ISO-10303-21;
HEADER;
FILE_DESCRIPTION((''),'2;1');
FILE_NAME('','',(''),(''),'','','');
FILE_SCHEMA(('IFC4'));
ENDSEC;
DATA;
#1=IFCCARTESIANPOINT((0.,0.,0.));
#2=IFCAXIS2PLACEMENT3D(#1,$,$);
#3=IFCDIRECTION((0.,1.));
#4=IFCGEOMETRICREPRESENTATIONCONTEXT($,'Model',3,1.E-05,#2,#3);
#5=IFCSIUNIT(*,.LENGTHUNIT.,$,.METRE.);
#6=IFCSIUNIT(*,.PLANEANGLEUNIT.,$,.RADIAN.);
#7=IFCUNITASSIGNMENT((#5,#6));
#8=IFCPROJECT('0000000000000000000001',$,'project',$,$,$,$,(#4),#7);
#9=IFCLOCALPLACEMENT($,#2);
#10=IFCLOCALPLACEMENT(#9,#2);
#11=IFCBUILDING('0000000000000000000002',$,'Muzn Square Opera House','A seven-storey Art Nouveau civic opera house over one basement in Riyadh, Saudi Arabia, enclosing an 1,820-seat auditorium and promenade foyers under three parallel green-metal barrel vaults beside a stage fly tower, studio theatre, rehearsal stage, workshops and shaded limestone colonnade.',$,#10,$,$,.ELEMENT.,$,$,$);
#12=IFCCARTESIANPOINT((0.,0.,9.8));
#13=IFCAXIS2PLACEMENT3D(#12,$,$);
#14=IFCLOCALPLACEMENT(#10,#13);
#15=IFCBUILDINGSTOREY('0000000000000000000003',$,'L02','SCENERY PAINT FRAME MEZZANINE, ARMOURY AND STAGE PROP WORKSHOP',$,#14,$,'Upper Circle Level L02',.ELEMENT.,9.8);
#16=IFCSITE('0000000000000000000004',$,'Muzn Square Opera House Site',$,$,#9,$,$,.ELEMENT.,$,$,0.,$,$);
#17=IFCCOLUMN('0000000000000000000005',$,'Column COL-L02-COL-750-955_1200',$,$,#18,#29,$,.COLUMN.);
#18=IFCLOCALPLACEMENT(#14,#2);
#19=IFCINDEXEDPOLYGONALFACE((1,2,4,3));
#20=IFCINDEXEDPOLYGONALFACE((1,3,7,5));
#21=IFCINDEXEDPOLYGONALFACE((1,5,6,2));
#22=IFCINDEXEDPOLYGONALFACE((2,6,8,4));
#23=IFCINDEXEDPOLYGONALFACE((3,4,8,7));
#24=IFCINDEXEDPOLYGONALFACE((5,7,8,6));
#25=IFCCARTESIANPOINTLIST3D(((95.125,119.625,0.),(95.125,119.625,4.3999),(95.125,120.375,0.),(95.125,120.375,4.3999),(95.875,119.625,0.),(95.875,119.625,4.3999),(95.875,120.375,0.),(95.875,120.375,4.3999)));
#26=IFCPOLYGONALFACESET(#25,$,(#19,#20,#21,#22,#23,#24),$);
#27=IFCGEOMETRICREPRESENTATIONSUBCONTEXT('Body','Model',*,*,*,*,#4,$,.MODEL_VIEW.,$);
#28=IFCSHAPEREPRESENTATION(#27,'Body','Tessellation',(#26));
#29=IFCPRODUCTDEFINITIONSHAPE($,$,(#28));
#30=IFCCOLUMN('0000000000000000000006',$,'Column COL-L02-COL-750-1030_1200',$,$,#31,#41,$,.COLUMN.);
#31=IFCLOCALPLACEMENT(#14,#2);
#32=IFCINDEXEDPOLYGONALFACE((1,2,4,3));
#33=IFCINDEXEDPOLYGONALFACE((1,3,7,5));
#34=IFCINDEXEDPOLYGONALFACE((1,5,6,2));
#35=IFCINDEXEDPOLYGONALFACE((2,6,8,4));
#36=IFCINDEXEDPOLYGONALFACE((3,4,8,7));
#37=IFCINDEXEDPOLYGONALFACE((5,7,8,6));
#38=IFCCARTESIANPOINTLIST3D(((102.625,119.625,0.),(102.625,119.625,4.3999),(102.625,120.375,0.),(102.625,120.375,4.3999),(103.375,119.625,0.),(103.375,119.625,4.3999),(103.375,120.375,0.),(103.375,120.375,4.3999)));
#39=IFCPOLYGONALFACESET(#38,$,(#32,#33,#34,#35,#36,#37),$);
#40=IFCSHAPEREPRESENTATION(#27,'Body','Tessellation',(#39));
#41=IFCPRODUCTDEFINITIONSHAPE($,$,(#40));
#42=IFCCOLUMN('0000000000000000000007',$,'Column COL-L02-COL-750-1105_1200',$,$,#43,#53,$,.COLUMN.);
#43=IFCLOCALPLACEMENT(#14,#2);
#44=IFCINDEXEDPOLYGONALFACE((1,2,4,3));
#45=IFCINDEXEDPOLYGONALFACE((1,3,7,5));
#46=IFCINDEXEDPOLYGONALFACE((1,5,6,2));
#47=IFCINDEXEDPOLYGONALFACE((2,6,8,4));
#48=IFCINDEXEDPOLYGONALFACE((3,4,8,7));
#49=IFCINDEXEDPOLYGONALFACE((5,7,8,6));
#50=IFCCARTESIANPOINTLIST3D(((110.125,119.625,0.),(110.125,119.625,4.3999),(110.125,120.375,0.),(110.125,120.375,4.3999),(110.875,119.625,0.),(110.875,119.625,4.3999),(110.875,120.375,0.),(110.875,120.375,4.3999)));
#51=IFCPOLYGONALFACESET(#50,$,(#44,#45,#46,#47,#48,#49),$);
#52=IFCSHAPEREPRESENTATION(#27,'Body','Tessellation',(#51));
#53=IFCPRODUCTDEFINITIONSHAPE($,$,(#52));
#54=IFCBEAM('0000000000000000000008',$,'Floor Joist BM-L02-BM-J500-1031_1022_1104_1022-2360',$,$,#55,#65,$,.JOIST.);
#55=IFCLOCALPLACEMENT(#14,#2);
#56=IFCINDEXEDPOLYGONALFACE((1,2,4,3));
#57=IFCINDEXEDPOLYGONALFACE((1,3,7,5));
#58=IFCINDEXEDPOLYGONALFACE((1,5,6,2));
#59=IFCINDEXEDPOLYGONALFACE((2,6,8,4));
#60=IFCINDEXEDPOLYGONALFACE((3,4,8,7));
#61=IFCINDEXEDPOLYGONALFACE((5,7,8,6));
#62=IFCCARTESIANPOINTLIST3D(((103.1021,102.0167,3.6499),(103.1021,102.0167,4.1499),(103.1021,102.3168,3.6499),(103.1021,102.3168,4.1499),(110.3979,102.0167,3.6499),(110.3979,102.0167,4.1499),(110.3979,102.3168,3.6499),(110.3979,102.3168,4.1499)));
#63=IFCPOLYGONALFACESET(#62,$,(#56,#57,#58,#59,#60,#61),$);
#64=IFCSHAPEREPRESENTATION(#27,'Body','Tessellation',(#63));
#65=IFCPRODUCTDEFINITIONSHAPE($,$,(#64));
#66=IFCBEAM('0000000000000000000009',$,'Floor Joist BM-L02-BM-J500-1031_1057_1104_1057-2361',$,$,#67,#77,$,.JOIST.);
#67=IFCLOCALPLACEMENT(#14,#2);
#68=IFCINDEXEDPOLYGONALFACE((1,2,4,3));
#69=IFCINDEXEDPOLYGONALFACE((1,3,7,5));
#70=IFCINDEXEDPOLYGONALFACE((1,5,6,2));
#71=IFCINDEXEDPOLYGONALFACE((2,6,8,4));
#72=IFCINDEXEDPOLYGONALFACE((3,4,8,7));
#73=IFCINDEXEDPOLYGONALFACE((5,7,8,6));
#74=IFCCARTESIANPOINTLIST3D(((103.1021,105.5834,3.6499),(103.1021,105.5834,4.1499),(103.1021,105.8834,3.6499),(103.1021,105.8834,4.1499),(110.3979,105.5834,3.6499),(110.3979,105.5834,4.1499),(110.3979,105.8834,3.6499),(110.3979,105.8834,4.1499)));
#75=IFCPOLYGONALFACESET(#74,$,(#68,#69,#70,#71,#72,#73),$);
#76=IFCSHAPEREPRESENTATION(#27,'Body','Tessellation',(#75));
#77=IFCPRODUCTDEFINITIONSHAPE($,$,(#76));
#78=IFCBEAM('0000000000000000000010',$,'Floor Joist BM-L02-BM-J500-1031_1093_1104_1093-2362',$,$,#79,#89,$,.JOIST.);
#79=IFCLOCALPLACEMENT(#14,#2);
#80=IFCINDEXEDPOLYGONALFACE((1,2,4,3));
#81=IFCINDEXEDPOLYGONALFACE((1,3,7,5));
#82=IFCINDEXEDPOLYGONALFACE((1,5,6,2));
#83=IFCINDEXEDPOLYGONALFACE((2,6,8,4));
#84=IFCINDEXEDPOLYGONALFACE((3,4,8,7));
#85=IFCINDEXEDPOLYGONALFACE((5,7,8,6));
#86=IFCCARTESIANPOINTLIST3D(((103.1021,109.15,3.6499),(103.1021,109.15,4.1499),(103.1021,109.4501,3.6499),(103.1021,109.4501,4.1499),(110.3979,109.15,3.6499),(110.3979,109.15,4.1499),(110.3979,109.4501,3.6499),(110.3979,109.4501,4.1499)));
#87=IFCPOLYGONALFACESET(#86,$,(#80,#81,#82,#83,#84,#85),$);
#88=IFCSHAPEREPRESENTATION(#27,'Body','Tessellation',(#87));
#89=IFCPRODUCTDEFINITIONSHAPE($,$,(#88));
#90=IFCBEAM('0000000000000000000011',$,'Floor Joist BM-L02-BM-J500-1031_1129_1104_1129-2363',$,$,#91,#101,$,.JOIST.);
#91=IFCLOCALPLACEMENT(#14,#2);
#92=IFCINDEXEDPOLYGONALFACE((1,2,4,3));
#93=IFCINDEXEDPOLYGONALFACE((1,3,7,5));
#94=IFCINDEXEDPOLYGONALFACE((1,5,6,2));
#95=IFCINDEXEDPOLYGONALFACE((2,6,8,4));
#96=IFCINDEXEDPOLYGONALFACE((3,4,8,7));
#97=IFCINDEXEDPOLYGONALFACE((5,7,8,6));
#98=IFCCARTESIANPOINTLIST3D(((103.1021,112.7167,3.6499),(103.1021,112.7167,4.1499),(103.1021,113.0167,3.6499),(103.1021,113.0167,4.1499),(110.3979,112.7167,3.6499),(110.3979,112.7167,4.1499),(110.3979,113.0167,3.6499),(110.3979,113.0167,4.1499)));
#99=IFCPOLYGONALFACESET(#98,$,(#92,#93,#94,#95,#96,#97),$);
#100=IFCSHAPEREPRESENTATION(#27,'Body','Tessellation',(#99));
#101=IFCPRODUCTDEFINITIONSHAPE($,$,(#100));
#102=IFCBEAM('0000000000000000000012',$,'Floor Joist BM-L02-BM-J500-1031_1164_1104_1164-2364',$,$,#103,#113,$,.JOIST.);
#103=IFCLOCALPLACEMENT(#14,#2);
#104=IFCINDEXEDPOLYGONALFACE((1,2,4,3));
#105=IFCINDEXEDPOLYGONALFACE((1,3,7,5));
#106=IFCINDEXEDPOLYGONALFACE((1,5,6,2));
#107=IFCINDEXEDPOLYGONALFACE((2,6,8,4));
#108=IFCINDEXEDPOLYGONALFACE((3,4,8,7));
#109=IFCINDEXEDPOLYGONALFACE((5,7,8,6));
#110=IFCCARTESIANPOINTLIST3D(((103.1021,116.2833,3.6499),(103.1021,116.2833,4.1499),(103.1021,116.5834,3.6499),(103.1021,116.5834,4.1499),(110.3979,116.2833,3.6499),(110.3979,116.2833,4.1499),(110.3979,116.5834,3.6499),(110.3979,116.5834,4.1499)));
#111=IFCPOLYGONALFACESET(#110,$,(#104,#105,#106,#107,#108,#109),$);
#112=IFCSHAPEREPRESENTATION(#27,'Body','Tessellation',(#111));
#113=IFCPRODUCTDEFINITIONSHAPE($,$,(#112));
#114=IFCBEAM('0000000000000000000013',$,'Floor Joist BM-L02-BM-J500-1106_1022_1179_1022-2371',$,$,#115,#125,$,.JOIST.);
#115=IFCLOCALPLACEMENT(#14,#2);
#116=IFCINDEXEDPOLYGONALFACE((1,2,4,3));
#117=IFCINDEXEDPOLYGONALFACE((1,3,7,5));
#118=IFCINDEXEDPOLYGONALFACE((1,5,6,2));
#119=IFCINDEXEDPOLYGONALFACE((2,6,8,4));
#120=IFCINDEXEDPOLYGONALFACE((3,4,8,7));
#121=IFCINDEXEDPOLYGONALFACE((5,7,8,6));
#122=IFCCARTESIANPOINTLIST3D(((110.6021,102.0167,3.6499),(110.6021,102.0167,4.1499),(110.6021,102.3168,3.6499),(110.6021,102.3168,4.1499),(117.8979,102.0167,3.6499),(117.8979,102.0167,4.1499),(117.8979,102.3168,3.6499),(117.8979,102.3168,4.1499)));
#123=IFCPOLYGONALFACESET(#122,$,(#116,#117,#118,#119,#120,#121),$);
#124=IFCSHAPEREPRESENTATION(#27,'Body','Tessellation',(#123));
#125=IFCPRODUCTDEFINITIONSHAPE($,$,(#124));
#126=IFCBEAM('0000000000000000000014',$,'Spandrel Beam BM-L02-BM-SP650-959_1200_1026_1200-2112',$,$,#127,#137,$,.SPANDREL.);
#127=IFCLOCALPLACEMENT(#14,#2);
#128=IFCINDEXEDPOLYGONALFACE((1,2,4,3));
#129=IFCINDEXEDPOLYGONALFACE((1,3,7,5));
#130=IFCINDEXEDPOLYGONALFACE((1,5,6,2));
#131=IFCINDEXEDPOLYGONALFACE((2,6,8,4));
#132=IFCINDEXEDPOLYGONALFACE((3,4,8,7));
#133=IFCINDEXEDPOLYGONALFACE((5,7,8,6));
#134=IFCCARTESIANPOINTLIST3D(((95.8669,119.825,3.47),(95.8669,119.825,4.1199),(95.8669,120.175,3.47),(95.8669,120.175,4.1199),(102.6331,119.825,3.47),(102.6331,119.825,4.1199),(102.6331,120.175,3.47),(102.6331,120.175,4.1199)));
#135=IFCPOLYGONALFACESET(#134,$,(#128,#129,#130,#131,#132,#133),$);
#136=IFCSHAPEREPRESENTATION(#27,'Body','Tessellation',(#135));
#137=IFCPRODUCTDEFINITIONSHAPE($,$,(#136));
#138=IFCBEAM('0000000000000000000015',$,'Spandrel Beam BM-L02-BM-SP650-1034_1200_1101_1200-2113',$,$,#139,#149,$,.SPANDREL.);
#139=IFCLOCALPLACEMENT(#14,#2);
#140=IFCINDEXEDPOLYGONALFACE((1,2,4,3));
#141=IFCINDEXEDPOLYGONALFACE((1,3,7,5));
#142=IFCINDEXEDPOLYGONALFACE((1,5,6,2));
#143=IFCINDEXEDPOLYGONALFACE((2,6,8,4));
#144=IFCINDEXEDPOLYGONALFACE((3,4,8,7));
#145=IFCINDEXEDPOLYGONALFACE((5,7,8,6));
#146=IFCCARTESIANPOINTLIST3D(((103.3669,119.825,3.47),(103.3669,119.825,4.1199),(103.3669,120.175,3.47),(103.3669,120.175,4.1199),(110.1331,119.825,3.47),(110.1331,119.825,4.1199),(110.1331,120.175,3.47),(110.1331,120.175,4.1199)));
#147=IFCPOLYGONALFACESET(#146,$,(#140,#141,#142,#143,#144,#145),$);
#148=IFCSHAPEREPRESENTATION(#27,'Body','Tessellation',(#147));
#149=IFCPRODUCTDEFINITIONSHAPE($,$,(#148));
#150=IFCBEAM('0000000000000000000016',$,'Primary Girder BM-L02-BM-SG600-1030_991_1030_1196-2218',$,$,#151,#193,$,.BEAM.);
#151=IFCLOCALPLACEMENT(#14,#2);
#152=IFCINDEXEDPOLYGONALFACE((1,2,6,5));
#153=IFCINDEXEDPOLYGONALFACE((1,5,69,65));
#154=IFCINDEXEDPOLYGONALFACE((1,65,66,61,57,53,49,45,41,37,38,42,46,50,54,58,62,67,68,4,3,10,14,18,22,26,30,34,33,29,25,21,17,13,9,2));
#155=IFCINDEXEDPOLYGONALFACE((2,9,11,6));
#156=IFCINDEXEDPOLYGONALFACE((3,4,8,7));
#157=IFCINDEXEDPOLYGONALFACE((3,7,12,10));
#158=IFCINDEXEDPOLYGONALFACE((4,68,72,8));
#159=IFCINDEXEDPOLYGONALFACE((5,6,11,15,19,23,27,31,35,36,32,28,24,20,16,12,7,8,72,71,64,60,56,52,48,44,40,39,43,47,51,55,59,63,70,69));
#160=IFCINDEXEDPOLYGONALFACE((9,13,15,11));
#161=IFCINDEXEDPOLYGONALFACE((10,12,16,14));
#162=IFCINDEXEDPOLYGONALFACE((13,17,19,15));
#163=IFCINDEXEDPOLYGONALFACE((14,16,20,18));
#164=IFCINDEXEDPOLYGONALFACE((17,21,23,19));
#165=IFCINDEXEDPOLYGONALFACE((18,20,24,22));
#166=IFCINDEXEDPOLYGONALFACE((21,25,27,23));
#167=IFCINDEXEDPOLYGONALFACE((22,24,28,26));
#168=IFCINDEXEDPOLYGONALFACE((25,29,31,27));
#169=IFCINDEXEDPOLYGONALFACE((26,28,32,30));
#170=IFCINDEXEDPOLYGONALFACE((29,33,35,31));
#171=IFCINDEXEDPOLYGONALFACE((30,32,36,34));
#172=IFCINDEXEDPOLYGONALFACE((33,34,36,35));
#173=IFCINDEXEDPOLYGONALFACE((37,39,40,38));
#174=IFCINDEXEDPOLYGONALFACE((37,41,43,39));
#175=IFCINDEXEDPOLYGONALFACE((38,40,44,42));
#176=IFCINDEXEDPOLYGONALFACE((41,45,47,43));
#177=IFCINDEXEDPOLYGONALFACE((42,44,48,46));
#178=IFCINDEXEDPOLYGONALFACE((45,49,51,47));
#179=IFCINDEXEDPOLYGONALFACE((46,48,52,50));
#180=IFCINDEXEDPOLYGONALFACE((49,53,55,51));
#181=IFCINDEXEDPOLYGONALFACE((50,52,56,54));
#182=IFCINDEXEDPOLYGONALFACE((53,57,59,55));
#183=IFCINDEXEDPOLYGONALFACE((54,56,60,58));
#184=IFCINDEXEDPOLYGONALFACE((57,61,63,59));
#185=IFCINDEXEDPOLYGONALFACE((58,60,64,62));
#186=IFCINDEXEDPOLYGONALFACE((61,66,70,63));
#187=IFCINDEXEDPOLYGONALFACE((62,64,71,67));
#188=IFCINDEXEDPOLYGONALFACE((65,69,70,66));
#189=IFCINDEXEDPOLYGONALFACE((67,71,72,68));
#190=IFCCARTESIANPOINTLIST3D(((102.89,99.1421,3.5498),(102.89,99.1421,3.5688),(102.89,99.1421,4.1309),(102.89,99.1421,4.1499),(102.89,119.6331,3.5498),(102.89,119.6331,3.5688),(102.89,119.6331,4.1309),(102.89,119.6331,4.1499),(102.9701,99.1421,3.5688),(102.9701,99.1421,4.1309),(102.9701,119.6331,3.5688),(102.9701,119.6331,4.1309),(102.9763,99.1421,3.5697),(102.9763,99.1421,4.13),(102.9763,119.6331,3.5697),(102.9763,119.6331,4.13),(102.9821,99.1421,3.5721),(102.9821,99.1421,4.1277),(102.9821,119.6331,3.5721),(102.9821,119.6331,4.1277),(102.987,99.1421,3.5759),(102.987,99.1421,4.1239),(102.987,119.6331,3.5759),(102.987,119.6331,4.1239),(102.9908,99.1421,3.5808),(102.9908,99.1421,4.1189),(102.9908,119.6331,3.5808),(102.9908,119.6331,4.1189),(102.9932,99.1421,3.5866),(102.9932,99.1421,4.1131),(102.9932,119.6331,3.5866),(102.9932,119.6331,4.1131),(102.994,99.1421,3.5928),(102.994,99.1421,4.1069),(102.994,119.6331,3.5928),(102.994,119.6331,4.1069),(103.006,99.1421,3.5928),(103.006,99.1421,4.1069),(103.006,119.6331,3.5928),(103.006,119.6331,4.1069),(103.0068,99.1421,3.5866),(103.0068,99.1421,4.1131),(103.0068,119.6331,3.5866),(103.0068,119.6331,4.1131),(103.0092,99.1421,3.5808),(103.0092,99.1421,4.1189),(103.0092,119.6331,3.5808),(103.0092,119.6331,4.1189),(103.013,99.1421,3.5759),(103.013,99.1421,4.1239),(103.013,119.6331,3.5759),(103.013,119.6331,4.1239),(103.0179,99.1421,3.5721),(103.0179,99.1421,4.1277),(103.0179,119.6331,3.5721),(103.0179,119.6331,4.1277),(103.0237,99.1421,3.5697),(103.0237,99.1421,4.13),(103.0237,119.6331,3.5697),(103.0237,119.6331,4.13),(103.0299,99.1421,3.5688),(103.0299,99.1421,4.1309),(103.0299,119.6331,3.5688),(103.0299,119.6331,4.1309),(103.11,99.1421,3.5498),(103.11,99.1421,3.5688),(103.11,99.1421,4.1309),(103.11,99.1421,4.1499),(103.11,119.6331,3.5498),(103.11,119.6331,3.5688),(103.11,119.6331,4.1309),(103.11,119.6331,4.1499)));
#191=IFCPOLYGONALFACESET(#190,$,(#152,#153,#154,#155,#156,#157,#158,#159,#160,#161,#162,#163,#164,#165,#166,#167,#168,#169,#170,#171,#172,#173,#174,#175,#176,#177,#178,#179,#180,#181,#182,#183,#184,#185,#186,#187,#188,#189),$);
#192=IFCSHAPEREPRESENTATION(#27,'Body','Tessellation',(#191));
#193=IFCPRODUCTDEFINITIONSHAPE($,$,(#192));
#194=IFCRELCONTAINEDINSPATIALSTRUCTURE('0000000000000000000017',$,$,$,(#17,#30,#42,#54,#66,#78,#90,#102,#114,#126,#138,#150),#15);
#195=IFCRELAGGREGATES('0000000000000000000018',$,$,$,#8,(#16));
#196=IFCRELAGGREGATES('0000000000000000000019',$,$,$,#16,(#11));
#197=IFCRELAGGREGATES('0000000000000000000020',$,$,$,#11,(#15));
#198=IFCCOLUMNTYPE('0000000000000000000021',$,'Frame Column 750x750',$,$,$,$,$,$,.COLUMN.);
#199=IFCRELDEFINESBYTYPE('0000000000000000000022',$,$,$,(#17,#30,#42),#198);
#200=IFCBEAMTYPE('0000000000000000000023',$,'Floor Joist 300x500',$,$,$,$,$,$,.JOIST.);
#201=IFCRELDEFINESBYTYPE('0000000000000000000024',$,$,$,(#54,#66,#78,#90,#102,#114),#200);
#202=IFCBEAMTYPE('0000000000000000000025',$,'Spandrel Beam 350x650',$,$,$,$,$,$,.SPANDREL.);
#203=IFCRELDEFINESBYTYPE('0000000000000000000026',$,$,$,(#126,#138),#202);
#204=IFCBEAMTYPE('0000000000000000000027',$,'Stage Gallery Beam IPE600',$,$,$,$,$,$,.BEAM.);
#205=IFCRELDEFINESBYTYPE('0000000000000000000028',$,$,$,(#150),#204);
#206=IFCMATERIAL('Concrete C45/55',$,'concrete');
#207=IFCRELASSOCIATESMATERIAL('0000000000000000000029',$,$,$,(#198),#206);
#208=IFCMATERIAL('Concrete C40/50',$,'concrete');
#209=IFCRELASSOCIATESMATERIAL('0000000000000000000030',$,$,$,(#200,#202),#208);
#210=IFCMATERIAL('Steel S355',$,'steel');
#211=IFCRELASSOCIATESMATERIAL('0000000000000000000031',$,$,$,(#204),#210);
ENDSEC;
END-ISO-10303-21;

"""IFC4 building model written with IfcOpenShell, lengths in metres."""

from ifc_helpers import new_model, si_unit, direction, frame, origin, origin_2d, place, context, subcontext, project, spatial, rectangle, i_section, extrude, material, material_profile, profile_set, type_object, element, save


model = new_model("IFC4")

# Units and contexts
model_context = context("Model", 3, precision=1e-05, world=origin(), true_north=direction((0.0, 1.0)))
body_context = subcontext(model_context, "Body", "Model", "MODEL_VIEW")
ifc_project = project(units=[si_unit("LENGTHUNIT", "METRE"), si_unit("PLANEANGLEUNIT", "RADIAN")], contexts=[model_context])

# Site, building, storey
site_placement = place(None, origin())
site = spatial("IfcSite", under=ifc_project, at=site_placement, Name="Muzn Square Opera House Site", CompositionType="ELEMENT", RefElevation=0.0)
building_placement = place(site_placement, origin())
building = spatial("IfcBuilding", under=site, at=building_placement, Name="Muzn Square Opera House", Description="A seven-storey Art Nouveau civic opera house over one basement in Riyadh, Saudi Arabia, enclosing an 1,820-seat auditorium and promenade foyers under three parallel green-metal barrel vaults beside a stage fly tower, studio theatre, rehearsal stage, workshops and shaded limestone colonnade.", CompositionType="ELEMENT")
storey_placement = place(building_placement, frame((0.0, 0.0, 9.8)))
storey = spatial("IfcBuildingStorey", under=building, at=storey_placement, Name="L02", Description="SCENERY PAINT FRAME MEZZANINE, ARMOURY AND STAGE PROP WORKSHOP", LongName="Upper Circle Level L02", CompositionType="ELEMENT", Elevation=9.8)

# Columns
ifc_material_1 = material(Name="Concrete C45/55", Category="concrete")
ifc_material_profile_1 = material_profile(ifc_material_1, rectangle(XDim=0.75, YDim=0.75, at=origin_2d()), Name="RC 750x750", Category="concrete")
ifc_profile_set_1 = profile_set([ifc_material_profile_1], Name="Concrete C45/55")
column_type = type_object("IfcColumnType", Name="Frame Column 750x750", PredefinedType="COLUMN", material=ifc_profile_set_1)
for number, where, z_axis, x_axis, name in (
    (1, (95.5, 120.0, 0.0), (0.0, 0.0, 1.0), (1.0, 0.0, 0.0), "Column COL-L02-COL-750-955_1200"),
    (2, (103.0, 120.0, 0.0), (0.0, 0.0, 1.0), (1.0, 0.0, 0.0), "Column COL-L02-COL-750-1030_1200"),
    (3, (110.5, 120.0, 0.0), (0.0, 0.0, 1.0), (1.0, 0.0, 0.0), "Column COL-L02-COL-750-1105_1200"),
):
    element("IfcColumn", number, at=place(storey_placement, frame(where, z_axis=z_axis, x_axis=x_axis)), inside=storey, type_object=column_type, Name=name, PredefinedType="COLUMN", context=body_context, shape_type="SweptSolid", body=[
        extrude(rectangle(XDim=0.75, YDim=0.75, at=origin_2d()), origin(), (0.0, 0.0, 1.0), 4.3999),
    ])

# Beams
ifc_material_2 = material(Name="Concrete C40/50", Category="concrete")
ifc_material_profile_2 = material_profile(ifc_material_2, rectangle(XDim=0.3, YDim=0.5, at=origin_2d()), Name="RCJ 300x500", Category="concrete")
ifc_profile_set_2 = profile_set([ifc_material_profile_2], Name="Concrete C40/50")
beam_type_1 = type_object("IfcBeamType", Name="Floor Joist 300x500", PredefinedType="JOIST", material=ifc_profile_set_2)
for number, where, z_axis, x_axis, name in (
    (4, (103.1021, 102.1667, 3.8999), (1.0, 0.0, 0.0), (0.0, 1.0, 0.0), "Floor Joist BM-L02-BM-J500-1031_1022_1104_1022-2360"),
    (5, (103.1021, 105.7334, 3.8999), (1.0, 0.0, 0.0), (0.0, 1.0, 0.0), "Floor Joist BM-L02-BM-J500-1031_1057_1104_1057-2361"),
    (6, (103.1021, 109.3, 3.8999), (1.0, 0.0, 0.0), (0.0, 1.0, 0.0), "Floor Joist BM-L02-BM-J500-1031_1093_1104_1093-2362"),
    (7, (103.1021, 112.8667, 3.8999), (1.0, 0.0, 0.0), (0.0, 1.0, 0.0), "Floor Joist BM-L02-BM-J500-1031_1129_1104_1129-2363"),
    (8, (103.1021, 116.4333, 3.8999), (1.0, 0.0, 0.0), (0.0, 1.0, 0.0), "Floor Joist BM-L02-BM-J500-1031_1164_1104_1164-2364"),
    (9, (110.6021, 102.1667, 3.8999), (1.0, 0.0, 0.0), (0.0, 1.0, 0.0), "Floor Joist BM-L02-BM-J500-1106_1022_1179_1022-2371"),
):
    element("IfcBeam", number, at=place(storey_placement, frame(where, z_axis=z_axis, x_axis=x_axis)), inside=storey, type_object=beam_type_1, Name=name, PredefinedType="JOIST", context=body_context, shape_type="SweptSolid", body=[
        extrude(rectangle(XDim=0.3, YDim=0.5, at=origin_2d()), origin(), (0.0, 0.0, 1.0), 7.2959),
    ])
ifc_material_profile_3 = material_profile(ifc_material_2, rectangle(XDim=0.3501, YDim=0.6499, at=origin_2d()), Name="RCS 350x650", Category="concrete")
ifc_profile_set_3 = profile_set([ifc_material_profile_3], Name="Concrete C40/50")
beam_type_2 = type_object("IfcBeamType", Name="Spandrel Beam 350x650", PredefinedType="SPANDREL", material=ifc_profile_set_3)
for number, where, z_axis, x_axis, name in (
    (10, (95.8669, 120.0, 3.7949), (1.0, 0.0, 0.0), (0.0, 1.0, 0.0), "Spandrel Beam BM-L02-BM-SP650-959_1200_1026_1200-2112"),
    (11, (103.3669, 120.0, 3.7949), (1.0, 0.0, 0.0), (0.0, 1.0, 0.0), "Spandrel Beam BM-L02-BM-SP650-1034_1200_1101_1200-2113"),
):
    element("IfcBeam", number, at=place(storey_placement, frame(where, z_axis=z_axis, x_axis=x_axis)), inside=storey, type_object=beam_type_2, Name=name, PredefinedType="SPANDREL", context=body_context, shape_type="SweptSolid", body=[
        extrude(rectangle(XDim=0.3501, YDim=0.6499, at=origin_2d()), origin(), (0.0, 0.0, 1.0), 6.7661),
    ])
ifc_material_3 = material(Name="Steel S355", Category="steel")
ifc_material_profile_4 = material_profile(ifc_material_3, i_section(OverallWidth=0.22, OverallDepth=0.6001, WebThickness=0.012, FlangeThickness=0.019, FilletRadius=0.0239, at=origin_2d()), Name="IPE 600", Category="steel")
ifc_profile_set_4 = profile_set([ifc_material_profile_4], Name="Steel S355")
beam_type_3 = type_object("IfcBeamType", Name="Stage Gallery Beam IPE600", PredefinedType="BEAM", material=ifc_profile_set_4)
beam_1_placement = place(storey_placement, frame((103.0, 99.1421, 3.8499), z_axis=(0.0, 1.0, 0.0), x_axis=(-1.0, 0.0, 0.0)))
element("IfcBeam", 12, at=beam_1_placement, inside=storey, type_object=beam_type_3, Name="Primary Girder BM-L02-BM-SG600-1030_991_1030_1196-2218", PredefinedType="BEAM", context=body_context, shape_type="SweptSolid", body=[
    extrude(i_section(OverallWidth=0.22, OverallDepth=0.6001, WebThickness=0.012, FlangeThickness=0.019, FilletRadius=0.0239, at=origin_2d()), origin(), (0.0, 0.0, 1.0), 20.491),
])

save(model, "model.ifc")
